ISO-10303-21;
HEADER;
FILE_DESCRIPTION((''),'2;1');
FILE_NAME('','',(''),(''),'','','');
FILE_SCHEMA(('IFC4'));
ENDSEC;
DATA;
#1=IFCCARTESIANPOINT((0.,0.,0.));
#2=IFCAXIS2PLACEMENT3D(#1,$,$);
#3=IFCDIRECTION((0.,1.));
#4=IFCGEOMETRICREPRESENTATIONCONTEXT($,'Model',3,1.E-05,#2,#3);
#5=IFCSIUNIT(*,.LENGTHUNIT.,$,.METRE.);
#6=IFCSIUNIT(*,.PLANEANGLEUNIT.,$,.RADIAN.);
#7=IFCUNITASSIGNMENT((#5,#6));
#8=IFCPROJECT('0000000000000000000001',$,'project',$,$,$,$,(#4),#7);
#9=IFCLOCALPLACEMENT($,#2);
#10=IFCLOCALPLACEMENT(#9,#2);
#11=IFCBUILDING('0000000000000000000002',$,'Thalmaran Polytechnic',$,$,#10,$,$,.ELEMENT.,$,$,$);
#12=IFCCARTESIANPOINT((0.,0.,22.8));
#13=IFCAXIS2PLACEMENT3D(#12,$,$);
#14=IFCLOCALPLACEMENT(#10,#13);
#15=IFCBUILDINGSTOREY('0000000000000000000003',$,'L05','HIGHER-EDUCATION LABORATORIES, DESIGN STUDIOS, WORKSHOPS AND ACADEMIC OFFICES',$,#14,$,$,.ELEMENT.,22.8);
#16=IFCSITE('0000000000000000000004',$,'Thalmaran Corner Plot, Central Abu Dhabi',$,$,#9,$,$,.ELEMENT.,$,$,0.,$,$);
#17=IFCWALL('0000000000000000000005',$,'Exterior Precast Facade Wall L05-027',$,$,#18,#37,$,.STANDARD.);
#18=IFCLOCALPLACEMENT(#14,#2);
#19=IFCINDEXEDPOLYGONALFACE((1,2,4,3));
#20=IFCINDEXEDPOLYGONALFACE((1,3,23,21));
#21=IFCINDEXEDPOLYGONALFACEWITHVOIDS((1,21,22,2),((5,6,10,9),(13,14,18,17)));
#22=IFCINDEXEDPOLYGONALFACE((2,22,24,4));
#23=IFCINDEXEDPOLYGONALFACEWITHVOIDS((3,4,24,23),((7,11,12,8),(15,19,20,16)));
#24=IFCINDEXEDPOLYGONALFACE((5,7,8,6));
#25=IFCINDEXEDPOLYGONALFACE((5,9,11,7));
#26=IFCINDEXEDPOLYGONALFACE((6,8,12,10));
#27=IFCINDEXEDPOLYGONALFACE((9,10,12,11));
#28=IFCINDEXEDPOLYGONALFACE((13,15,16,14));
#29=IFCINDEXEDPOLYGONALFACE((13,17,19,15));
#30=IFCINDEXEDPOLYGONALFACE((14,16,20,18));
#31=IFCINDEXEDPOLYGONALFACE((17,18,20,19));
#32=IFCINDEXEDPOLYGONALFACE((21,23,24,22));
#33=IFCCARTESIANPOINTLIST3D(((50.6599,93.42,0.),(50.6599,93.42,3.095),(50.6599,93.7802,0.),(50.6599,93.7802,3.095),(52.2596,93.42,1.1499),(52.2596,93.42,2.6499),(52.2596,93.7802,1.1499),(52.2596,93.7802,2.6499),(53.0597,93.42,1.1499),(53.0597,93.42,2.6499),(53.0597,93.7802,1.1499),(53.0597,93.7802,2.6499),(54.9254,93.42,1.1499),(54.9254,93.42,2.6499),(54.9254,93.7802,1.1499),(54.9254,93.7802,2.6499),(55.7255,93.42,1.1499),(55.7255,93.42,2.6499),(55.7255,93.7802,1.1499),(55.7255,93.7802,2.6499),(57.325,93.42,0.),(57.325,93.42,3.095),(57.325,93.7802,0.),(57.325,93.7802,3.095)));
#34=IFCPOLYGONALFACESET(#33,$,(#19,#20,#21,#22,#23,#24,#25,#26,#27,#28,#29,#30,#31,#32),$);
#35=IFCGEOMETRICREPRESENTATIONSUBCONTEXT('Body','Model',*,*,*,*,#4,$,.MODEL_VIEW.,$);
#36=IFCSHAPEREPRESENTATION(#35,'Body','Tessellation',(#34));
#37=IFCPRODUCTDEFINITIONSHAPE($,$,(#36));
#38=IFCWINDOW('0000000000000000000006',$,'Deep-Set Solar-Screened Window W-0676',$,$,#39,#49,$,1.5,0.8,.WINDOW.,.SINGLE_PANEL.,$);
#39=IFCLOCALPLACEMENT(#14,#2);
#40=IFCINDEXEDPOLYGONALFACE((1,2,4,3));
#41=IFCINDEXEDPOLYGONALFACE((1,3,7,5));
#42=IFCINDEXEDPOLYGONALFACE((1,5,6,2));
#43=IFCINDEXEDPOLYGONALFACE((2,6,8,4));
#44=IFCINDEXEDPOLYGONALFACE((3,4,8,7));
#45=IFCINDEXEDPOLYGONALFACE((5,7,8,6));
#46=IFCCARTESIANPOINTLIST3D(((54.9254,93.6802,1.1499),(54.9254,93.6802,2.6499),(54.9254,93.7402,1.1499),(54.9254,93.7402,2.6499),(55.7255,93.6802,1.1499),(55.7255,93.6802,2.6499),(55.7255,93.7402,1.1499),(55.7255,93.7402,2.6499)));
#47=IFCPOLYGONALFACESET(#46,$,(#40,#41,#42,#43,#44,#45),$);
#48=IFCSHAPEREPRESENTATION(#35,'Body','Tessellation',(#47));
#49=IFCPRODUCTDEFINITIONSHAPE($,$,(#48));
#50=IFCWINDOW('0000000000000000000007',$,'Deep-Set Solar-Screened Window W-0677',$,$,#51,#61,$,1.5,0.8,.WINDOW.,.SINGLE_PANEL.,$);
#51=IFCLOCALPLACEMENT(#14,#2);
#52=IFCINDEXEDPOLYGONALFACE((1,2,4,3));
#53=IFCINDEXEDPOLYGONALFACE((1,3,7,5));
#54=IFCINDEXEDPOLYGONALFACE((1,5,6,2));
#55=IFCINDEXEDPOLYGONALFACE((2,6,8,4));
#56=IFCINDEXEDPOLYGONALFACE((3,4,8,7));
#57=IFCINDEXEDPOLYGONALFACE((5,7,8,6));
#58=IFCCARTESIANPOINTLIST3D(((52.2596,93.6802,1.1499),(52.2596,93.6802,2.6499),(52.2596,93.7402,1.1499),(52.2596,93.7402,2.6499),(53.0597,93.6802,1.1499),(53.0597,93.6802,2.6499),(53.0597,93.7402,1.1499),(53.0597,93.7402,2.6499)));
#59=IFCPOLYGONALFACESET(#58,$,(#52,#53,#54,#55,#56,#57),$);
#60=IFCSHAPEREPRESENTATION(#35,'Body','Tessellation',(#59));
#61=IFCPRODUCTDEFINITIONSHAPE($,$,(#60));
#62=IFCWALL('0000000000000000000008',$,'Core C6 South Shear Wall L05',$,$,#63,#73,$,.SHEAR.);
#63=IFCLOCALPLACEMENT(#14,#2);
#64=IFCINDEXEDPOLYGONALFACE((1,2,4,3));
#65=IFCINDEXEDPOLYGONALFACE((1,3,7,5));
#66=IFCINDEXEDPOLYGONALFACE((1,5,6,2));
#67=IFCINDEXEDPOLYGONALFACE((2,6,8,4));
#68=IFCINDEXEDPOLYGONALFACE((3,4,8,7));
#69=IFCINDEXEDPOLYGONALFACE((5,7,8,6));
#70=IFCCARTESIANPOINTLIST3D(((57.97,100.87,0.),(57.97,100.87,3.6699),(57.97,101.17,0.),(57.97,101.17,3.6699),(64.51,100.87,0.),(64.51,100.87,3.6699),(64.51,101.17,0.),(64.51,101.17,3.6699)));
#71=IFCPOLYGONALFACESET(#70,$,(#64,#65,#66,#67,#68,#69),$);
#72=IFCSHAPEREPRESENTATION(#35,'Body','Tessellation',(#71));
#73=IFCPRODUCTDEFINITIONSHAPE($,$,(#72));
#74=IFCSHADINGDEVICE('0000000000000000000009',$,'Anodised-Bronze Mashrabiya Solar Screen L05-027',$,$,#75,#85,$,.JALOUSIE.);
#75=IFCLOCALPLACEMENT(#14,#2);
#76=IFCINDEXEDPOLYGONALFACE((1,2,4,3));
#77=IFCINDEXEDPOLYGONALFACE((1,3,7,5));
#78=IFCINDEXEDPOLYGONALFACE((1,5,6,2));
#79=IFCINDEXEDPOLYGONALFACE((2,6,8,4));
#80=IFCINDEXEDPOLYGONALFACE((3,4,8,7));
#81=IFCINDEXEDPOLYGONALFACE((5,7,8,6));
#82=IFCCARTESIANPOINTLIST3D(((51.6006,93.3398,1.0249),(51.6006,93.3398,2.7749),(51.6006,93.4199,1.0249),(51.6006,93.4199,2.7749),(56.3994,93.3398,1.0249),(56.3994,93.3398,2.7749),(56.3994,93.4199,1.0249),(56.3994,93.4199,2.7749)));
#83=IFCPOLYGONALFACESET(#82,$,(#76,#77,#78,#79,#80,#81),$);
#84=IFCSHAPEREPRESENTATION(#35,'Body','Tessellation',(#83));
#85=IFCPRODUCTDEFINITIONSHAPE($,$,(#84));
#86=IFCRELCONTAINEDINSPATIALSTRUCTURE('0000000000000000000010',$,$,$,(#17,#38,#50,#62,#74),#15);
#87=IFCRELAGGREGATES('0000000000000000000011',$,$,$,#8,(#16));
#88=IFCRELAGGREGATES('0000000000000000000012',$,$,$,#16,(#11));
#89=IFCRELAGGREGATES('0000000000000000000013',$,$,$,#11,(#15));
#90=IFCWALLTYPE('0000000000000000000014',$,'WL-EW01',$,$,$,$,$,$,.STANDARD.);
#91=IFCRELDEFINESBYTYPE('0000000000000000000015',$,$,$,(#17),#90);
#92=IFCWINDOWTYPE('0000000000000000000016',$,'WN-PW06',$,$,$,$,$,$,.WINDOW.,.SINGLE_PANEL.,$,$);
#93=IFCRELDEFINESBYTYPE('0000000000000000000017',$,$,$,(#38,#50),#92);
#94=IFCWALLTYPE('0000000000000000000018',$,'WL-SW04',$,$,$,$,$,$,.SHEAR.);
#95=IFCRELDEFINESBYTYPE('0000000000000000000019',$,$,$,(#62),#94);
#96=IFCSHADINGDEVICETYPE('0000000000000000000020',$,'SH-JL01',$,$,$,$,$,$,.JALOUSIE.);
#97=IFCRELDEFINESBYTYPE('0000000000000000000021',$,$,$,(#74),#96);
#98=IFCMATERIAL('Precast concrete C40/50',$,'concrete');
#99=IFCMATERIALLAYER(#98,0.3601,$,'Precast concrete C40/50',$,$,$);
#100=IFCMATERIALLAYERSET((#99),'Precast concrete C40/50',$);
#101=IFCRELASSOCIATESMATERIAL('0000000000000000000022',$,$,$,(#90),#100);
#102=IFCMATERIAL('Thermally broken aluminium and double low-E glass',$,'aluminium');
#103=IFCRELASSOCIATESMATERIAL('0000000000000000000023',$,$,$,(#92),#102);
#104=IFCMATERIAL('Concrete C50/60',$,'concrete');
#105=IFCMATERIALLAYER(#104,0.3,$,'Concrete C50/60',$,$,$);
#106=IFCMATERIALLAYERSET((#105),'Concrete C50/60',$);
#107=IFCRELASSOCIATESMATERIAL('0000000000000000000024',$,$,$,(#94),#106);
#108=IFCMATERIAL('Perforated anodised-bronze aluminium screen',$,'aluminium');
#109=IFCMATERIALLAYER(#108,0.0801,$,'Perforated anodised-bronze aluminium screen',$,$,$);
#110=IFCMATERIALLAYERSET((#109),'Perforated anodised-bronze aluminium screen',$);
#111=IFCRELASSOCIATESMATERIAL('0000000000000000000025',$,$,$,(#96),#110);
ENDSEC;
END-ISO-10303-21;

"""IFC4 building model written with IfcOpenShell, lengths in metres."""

from ifc_helpers import new_model, si_unit, direction, frame, frame_2d, origin, origin_2d, place, context, subcontext, project, spatial, rectangle, extrude, material, layer, layer_set, type_object, element, fill, save


model = new_model("IFC4")

# Units and contexts
model_context = context("Model", 3, precision=1e-05, world=origin(), true_north=direction((0.0, 1.0)))
body_context = subcontext(model_context, "Body", "Model", "MODEL_VIEW")
ifc_project = project(units=[si_unit("LENGTHUNIT", "METRE"), si_unit("PLANEANGLEUNIT", "RADIAN")], contexts=[model_context])

# Site, building, storey
site_placement = place(None, origin())
site = spatial("IfcSite", under=ifc_project, at=site_placement, Name="Thalmaran Corner Plot, Central Abu Dhabi", CompositionType="ELEMENT", RefElevation=0.0)
building_placement = place(site_placement, origin())
building = spatial("IfcBuilding", under=site, at=building_placement, Name="Thalmaran Polytechnic", CompositionType="ELEMENT")
storey_placement = place(building_placement, frame((0.0, 0.0, 22.8)))
storey = spatial("IfcBuildingStorey", under=building, at=storey_placement, Name="L05", Description="HIGHER-EDUCATION LABORATORIES, DESIGN STUDIOS, WORKSHOPS AND ACADEMIC OFFICES", CompositionType="ELEMENT", Elevation=22.8)

# Wall, openings, windows
ifc_material_1 = material(Name="Precast concrete C40/50", Category="concrete")
ifc_layer_1 = layer(ifc_material_1, 0.3601, Name="Precast concrete C40/50")
ifc_layer_set_1 = layer_set([ifc_layer_1], Name="Precast concrete C40/50")
wall_type_1 = type_object("IfcWallType", Name="WL-EW01", PredefinedType="STANDARD", material=ifc_layer_set_1)
wall_1_placement = place(storey_placement, frame((57.325, 93.6001, 0.0), z_axis=(0.0, 0.0, 1.0), x_axis=(-1.0, 0.0, 0.0)))
wall_1 = element("IfcWall", 1, at=wall_1_placement, inside=storey, type_object=wall_type_1, Name="Exterior Precast Facade Wall L05-027", PredefinedType="STANDARD", context=body_context, shape_type="SweptSolid", body=[
    extrude(rectangle(XDim=6.665, YDim=0.3601, at=frame_2d((3.3325, 0.0))), origin(), (0.0, 0.0, 1.0), 3.095),
])
opening_1_placement = place(wall_1_placement, frame((1.5996, 0.0, 1.1499)))
opening_1 = element("IfcOpeningElement", 2, at=opening_1_placement, cuts=wall_1, PredefinedType="OPENING", context=body_context, shape_type="SweptSolid", body=[
    extrude(rectangle(XDim=0.8, YDim=1.5, at=frame_2d((0.3999, 0.75))), frame((0.0, 0.1899, 0.0), z_axis=(0.0, -1.0, 0.0), x_axis=(1.0, 0.0, 0.0)), (0.0, 0.0, 1.0), 0.3801),
])
opening_2_placement = place(wall_1_placement, frame((4.2654, 0.0, 1.1499)))
opening_2 = element("IfcOpeningElement", 3, at=opening_2_placement, cuts=wall_1, PredefinedType="OPENING", context=body_context, shape_type="SweptSolid", body=[
    extrude(rectangle(XDim=0.8, YDim=1.5, at=frame_2d((0.3999, 0.75))), frame((0.0, 0.1899, 0.0), z_axis=(0.0, -1.0, 0.0), x_axis=(1.0, 0.0, 0.0)), (0.0, 0.0, 1.0), 0.3801),
])
ifc_material_2 = material(Name="Thermally broken aluminium and double low-E glass", Category="aluminium")
window_type = type_object("IfcWindowType", Name="WN-PW06", PartitioningType="SINGLE_PANEL", PredefinedType="WINDOW", material=ifc_material_2)
window_1_placement = place(opening_1_placement, origin())
window_1 = element("IfcWindow", 4, at=window_1_placement, inside=storey, type_object=window_type, Name="Deep-Set Solar-Screened Window W-0676", OverallHeight=1.5, OverallWidth=0.8, PartitioningType="SINGLE_PANEL", PredefinedType="WINDOW", context=body_context, shape_type="SweptSolid", body=[
    extrude(rectangle(XDim=0.8, YDim=1.5, at=frame_2d((0.3999, 0.75))), frame((0.0, -0.0801, 0.0), z_axis=(0.0, -1.0, 0.0), x_axis=(1.0, 0.0, 0.0)), (0.0, 0.0, 1.0), 0.0601),
])
fill(opening_1, window_1)
window_2_placement = place(opening_2_placement, origin())
window_2 = element("IfcWindow", 5, at=window_2_placement, inside=storey, type_object=window_type, Name="Deep-Set Solar-Screened Window W-0677", OverallHeight=1.5, OverallWidth=0.8, PartitioningType="SINGLE_PANEL", PredefinedType="WINDOW", context=body_context, shape_type="SweptSolid", body=[
    extrude(rectangle(XDim=0.8, YDim=1.5, at=frame_2d((0.3999, 0.75))), frame((0.0, -0.0801, 0.0), z_axis=(0.0, -1.0, 0.0), x_axis=(1.0, 0.0, 0.0)), (0.0, 0.0, 1.0), 0.0601),
])
fill(opening_2, window_2)

# Wall
ifc_material_3 = material(Name="Concrete C50/60", Category="concrete")
ifc_layer_2 = layer(ifc_material_3, 0.3, Name="Concrete C50/60")
ifc_layer_set_2 = layer_set([ifc_layer_2], Name="Concrete C50/60")
wall_type_2 = type_object("IfcWallType", Name="WL-SW04", PredefinedType="SHEAR", material=ifc_layer_set_2)
wall_2_placement = place(storey_placement, frame((57.97, 101.02, 0.0), z_axis=(0.0, 0.0, 1.0), x_axis=(1.0, 0.0, 0.0)))
element("IfcWall", 6, at=wall_2_placement, inside=storey, type_object=wall_type_2, Name="Core C6 South Shear Wall L05", PredefinedType="SHEAR", context=body_context, shape_type="SweptSolid", body=[
    extrude(rectangle(XDim=6.54, YDim=0.3, at=frame_2d((3.27, 0.0))), origin(), (0.0, 0.0, 1.0), 3.6699),
])

# Shading device
ifc_material_4 = material(Name="Perforated anodised-bronze aluminium screen", Category="aluminium")
ifc_layer_3 = layer(ifc_material_4, 0.0801, Name="Perforated anodised-bronze aluminium screen")
ifc_layer_set_3 = layer_set([ifc_layer_3], Name="Perforated anodised-bronze aluminium screen")
shading_device_type = type_object("IfcShadingDeviceType", Name="SH-JL01", PredefinedType="JALOUSIE", material=ifc_layer_set_3)
shading_device_placement = place(storey_placement, frame((54.0, 93.3799, 1.0249), z_axis=(0.0, 0.0, 1.0), x_axis=(-1.0, 0.0, 0.0)))
element("IfcShadingDevice", 7, at=shading_device_placement, inside=storey, type_object=shading_device_type, Name="Anodised-Bronze Mashrabiya Solar Screen L05-027", PredefinedType="JALOUSIE", context=body_context, shape_type="SweptSolid", body=[
    extrude(rectangle(XDim=4.7988, YDim=0.0801, at=origin_2d()), origin(), (0.0, 0.0, 1.0), 1.75),
])

save(model, "model.ifc")
